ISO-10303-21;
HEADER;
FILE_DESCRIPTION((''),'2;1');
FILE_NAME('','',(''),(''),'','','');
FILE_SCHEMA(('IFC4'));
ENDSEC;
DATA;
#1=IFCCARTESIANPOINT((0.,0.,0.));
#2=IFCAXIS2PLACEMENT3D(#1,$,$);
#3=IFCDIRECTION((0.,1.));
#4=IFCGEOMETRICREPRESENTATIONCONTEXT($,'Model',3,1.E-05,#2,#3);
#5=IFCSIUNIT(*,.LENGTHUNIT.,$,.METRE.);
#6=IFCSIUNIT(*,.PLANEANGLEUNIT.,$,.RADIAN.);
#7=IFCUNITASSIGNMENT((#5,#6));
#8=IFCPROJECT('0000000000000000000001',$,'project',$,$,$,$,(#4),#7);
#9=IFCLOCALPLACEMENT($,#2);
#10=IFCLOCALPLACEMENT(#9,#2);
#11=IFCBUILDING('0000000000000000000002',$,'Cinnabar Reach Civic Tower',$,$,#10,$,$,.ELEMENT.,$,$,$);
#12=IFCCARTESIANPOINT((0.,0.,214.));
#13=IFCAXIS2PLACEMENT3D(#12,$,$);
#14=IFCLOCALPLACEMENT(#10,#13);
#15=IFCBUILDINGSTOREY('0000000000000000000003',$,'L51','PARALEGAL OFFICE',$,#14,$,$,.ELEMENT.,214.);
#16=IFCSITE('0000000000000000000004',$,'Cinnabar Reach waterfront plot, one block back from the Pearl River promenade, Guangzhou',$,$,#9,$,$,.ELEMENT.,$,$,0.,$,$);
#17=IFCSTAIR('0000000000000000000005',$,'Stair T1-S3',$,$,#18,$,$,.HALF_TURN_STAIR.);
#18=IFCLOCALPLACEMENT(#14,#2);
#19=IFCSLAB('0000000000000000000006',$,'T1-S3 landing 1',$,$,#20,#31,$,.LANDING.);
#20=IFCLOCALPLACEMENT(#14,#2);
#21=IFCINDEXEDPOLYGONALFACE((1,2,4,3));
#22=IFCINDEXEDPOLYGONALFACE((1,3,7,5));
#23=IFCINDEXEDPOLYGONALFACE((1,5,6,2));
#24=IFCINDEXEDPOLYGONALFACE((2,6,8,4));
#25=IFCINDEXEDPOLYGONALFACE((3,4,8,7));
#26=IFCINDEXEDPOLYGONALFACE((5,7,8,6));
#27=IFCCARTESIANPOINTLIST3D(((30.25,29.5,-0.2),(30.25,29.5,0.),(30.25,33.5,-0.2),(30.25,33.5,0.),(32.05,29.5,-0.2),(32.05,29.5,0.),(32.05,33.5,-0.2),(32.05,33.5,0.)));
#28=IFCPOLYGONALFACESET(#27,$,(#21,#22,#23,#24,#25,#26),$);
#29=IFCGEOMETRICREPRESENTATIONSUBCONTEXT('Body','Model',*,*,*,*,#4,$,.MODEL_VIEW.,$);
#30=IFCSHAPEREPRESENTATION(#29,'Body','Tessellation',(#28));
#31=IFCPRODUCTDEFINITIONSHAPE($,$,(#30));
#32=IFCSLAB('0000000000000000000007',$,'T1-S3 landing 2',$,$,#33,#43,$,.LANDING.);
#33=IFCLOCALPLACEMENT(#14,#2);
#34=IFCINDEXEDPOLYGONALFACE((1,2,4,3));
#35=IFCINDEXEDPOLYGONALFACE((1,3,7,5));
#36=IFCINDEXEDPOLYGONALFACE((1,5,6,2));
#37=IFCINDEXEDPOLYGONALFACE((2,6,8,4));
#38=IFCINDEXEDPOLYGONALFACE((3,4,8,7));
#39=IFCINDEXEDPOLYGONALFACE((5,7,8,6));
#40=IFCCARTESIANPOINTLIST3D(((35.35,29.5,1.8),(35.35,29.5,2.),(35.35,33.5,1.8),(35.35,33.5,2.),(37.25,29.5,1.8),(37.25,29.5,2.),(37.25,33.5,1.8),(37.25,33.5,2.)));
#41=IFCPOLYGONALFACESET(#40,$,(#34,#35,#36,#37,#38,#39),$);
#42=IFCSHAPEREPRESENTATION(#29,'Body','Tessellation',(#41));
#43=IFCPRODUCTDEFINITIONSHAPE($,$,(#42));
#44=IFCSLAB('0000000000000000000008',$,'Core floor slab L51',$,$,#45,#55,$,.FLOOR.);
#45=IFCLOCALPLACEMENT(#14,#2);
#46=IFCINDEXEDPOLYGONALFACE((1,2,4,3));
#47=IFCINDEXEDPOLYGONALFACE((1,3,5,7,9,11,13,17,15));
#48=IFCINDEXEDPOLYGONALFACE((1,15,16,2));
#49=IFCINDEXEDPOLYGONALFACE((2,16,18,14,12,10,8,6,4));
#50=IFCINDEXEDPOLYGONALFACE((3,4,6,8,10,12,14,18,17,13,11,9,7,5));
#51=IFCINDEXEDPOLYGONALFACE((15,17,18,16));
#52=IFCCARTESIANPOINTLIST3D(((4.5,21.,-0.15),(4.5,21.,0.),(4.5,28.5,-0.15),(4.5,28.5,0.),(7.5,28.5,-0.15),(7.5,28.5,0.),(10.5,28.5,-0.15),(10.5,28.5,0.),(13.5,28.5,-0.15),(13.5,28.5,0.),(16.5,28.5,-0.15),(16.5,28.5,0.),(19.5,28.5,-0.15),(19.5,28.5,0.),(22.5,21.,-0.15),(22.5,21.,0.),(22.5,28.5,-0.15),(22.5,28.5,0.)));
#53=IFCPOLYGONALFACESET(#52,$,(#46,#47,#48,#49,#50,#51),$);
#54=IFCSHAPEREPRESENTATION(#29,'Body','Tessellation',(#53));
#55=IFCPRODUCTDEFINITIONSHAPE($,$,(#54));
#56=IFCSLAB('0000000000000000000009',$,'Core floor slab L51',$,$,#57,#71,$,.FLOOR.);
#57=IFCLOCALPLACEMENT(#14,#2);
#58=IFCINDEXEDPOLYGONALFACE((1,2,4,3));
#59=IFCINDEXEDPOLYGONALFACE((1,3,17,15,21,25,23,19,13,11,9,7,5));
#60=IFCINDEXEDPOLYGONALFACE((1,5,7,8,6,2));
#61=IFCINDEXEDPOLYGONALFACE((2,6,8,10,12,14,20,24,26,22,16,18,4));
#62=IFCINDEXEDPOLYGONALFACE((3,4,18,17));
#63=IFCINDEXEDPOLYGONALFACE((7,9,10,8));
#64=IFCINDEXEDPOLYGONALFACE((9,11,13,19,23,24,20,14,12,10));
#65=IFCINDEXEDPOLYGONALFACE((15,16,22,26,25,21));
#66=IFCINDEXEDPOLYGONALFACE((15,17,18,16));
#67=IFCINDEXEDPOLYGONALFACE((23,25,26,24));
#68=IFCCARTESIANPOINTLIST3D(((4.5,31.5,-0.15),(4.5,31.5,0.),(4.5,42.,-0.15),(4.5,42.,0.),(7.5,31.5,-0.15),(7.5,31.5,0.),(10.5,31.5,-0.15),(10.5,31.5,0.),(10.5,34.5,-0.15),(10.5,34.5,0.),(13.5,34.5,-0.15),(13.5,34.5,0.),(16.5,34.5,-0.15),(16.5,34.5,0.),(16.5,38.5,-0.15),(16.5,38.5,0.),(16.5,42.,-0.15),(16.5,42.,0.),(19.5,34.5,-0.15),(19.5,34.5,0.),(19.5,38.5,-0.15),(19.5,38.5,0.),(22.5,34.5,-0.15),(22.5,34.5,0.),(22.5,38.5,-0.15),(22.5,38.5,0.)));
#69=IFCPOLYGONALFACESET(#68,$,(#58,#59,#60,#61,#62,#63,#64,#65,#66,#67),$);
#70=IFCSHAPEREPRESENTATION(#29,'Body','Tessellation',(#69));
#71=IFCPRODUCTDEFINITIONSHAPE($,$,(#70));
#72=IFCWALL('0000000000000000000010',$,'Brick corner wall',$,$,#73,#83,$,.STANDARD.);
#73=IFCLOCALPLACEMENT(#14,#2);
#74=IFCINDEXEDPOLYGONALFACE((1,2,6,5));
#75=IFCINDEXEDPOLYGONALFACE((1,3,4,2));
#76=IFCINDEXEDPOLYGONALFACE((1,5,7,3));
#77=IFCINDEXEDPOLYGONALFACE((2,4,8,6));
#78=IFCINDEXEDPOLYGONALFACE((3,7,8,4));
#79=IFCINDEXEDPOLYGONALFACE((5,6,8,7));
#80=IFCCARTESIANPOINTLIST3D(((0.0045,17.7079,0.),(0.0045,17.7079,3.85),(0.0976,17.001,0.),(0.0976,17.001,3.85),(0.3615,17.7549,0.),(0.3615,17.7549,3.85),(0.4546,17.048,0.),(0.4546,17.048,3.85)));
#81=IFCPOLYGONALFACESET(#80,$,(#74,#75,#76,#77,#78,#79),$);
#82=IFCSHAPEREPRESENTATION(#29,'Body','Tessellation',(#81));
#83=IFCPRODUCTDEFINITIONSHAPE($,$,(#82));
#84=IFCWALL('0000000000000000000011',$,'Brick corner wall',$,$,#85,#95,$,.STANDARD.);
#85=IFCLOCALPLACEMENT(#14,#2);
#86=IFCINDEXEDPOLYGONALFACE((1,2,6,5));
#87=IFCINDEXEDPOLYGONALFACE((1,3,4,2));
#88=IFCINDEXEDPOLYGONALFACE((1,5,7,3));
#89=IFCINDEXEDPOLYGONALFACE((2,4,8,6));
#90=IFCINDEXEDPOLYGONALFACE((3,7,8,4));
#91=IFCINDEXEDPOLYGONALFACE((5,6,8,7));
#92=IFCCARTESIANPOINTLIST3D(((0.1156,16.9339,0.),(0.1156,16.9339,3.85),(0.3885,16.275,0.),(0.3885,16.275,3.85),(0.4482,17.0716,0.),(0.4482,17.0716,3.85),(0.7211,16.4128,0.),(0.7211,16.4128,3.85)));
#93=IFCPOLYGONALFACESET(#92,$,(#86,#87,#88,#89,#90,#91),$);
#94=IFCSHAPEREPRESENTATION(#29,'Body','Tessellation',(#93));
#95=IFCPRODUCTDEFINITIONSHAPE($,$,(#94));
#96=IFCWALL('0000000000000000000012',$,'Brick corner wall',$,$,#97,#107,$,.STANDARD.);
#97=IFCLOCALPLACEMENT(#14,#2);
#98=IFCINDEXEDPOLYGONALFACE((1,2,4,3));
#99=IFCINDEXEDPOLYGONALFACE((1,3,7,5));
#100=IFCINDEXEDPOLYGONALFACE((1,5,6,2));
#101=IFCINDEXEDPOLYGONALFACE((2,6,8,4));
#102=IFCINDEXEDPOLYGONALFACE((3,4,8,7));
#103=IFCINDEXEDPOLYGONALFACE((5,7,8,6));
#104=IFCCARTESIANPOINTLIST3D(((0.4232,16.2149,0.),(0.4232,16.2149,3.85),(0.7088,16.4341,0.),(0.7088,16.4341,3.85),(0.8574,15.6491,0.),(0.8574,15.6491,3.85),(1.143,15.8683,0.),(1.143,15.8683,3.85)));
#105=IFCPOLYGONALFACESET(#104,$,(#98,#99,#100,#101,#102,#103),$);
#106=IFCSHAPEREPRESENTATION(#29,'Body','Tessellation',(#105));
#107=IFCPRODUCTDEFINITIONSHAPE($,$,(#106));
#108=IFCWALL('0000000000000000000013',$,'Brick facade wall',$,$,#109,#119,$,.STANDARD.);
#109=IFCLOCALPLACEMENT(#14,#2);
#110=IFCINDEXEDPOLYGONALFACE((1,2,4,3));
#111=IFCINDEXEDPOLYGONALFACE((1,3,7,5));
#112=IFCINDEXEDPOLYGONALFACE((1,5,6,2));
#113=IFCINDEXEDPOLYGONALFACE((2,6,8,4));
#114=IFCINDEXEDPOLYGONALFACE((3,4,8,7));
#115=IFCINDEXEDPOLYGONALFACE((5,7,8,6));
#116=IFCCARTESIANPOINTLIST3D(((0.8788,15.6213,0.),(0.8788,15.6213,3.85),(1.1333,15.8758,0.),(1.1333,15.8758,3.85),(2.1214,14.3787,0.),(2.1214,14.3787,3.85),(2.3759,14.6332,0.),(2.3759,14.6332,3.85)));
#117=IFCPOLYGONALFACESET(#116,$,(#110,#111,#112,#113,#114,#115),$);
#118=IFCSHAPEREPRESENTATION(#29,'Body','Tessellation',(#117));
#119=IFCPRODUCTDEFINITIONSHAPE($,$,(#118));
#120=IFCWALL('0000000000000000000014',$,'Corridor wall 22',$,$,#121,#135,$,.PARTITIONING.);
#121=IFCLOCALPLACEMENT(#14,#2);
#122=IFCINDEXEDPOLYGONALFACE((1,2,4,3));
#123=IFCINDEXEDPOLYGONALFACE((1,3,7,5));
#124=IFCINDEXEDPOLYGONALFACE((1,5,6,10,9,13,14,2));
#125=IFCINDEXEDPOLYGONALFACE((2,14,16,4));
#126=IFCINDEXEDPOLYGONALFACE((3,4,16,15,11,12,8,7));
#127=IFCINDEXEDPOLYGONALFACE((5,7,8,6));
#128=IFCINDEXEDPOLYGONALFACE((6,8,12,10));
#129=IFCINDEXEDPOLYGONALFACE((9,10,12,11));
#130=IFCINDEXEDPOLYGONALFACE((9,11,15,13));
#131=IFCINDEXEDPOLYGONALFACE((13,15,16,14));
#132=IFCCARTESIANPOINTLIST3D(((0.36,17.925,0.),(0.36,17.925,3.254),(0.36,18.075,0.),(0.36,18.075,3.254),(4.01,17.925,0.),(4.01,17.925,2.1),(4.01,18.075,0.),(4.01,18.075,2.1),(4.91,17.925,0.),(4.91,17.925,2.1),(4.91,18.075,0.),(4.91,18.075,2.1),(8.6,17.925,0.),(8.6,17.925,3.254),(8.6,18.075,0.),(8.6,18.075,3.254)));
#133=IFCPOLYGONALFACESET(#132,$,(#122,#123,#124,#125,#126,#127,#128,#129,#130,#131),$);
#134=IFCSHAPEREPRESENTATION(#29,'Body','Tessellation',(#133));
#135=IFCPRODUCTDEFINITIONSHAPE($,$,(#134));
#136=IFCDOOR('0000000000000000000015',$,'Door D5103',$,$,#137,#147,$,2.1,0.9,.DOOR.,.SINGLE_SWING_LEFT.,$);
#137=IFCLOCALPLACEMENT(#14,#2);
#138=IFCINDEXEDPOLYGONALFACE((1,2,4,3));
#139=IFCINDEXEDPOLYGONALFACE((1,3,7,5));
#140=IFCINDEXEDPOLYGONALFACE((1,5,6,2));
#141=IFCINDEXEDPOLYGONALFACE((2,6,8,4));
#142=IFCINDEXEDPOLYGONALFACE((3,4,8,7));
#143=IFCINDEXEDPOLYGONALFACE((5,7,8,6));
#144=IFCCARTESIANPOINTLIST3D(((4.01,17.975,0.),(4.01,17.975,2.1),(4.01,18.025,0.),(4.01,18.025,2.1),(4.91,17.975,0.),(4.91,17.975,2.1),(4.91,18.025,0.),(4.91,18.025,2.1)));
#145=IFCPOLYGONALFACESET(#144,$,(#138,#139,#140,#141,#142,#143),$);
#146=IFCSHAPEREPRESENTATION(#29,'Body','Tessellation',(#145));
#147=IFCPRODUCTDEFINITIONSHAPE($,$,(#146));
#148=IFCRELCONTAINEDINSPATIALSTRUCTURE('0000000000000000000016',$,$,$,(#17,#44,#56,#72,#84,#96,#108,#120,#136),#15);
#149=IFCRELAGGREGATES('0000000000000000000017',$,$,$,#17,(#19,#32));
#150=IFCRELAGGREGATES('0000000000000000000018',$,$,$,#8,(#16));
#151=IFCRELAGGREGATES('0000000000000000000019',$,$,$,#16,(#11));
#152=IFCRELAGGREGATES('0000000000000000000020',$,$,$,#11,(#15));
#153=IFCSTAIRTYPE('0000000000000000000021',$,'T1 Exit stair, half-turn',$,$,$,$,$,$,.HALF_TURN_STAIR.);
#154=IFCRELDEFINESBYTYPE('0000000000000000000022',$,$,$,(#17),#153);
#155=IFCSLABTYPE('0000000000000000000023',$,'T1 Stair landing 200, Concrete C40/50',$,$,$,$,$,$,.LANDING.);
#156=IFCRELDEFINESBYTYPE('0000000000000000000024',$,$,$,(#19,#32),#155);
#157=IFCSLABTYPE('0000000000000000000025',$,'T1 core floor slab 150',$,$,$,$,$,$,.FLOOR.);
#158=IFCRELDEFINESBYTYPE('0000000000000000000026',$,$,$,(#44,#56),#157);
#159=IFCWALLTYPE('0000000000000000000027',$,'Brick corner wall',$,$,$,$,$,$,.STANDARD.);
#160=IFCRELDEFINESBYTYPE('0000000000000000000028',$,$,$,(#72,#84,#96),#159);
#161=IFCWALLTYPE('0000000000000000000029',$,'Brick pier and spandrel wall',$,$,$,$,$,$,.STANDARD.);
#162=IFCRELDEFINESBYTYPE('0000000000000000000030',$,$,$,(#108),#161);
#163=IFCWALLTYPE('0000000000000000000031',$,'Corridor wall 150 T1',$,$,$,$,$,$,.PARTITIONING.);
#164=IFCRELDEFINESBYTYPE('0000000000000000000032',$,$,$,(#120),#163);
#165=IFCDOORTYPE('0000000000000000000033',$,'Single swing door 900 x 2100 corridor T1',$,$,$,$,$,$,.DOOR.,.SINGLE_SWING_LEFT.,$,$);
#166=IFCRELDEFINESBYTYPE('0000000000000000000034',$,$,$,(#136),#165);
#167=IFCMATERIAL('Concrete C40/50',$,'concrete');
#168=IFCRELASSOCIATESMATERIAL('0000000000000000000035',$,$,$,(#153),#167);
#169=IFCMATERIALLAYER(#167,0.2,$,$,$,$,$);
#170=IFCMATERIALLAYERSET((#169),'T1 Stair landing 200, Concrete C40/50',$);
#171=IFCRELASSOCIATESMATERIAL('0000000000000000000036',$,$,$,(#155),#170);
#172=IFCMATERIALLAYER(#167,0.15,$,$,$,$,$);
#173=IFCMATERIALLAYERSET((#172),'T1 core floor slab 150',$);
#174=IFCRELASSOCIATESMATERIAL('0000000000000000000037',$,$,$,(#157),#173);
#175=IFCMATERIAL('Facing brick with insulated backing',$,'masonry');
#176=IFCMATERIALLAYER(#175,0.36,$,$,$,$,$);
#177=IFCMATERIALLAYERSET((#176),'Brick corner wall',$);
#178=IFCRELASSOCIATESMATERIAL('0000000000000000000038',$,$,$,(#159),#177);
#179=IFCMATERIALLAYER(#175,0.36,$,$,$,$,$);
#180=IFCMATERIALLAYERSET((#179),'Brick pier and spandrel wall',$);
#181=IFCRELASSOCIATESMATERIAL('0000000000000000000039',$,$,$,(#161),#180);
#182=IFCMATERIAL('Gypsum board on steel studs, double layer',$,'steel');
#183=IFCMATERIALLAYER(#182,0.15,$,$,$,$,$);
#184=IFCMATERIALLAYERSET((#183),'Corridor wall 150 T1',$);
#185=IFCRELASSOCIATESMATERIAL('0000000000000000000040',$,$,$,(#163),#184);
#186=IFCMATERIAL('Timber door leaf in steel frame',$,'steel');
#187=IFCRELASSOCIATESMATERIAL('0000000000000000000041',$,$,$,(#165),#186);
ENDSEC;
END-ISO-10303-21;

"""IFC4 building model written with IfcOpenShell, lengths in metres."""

from ifc_helpers import new_model, si_unit, direction, frame, frame_2d, origin, place, context, subcontext, project, spatial, polyline, rectangle, outline, extrude, material, layer, layer_set, type_object, element, fill, aggregate, save


model = new_model("IFC4")

# Units and contexts
model_context = context("Model", 3, precision=1e-05, world=origin(), true_north=direction((0.0, 1.0)))
body_context = subcontext(model_context, "Body", "Model", "MODEL_VIEW")
ifc_project = project(units=[si_unit("LENGTHUNIT", "METRE"), si_unit("PLANEANGLEUNIT", "RADIAN")], contexts=[model_context])

# Site, building, storey
site_placement = place(None, origin())
site = spatial("IfcSite", under=ifc_project, at=site_placement, Name="Cinnabar Reach waterfront plot, one block back from the Pearl River promenade, Guangzhou", CompositionType="ELEMENT", RefElevation=0.0)
building_placement = place(site_placement, origin())
building = spatial("IfcBuilding", under=site, at=building_placement, Name="Cinnabar Reach Civic Tower", CompositionType="ELEMENT")
storey_placement = place(building_placement, frame((0.0, 0.0, 214.0)))
storey = spatial("IfcBuildingStorey", under=building, at=storey_placement, Name="L51", Description="PARALEGAL OFFICE", CompositionType="ELEMENT", Elevation=214.0)

# Stair, slabs
ifc_material_1 = material(Name="Concrete C40/50", Category="concrete")
stair_type = type_object("IfcStairType", Name="T1 Exit stair, half-turn", PredefinedType="HALF_TURN_STAIR", material=ifc_material_1)
ifc_layer_1 = layer(ifc_material_1, 0.2)
ifc_layer_set_1 = layer_set([ifc_layer_1], Name="T1 Stair landing 200, Concrete C40/50")
slab_type_1 = type_object("IfcSlabType", Name="T1 Stair landing 200, Concrete C40/50", PredefinedType="LANDING", material=ifc_layer_set_1)
stair_1_placement = place(storey_placement, origin())
stair_1 = element("IfcStair", 1, at=stair_1_placement, inside=storey, type_object=stair_type, Name="Stair T1-S3", PredefinedType="HALF_TURN_STAIR")
slab_1_placement = place(storey_placement, frame((0.0, 0.0, -0.2)))
slab_1 = element("IfcSlab", 2, at=slab_1_placement, type_object=slab_type_1, Name="T1-S3 landing 1", PredefinedType="LANDING", context=body_context, shape_type="SweptSolid", body=[
    extrude(outline(polyline([(30.25, 29.5), (32.05, 29.5), (32.05, 33.5), (30.25, 33.5), (30.25, 29.5)])), origin(), (0.0, 0.0, 1.0), 0.2),
])
slab_2_placement = place(storey_placement, frame((0.0, 0.0, 1.8)))
slab_2 = element("IfcSlab", 3, at=slab_2_placement, type_object=slab_type_1, Name="T1-S3 landing 2", PredefinedType="LANDING", context=body_context, shape_type="SweptSolid", body=[
    extrude(outline(polyline([(35.35, 29.5), (37.25, 29.5), (37.25, 33.5), (35.35, 33.5), (35.35, 29.5)])), origin(), (0.0, 0.0, 1.0), 0.2),
])
aggregate(stair_1, [slab_1, slab_2])

# Slabs
ifc_layer_2 = layer(ifc_material_1, 0.15)
ifc_layer_set_2 = layer_set([ifc_layer_2], Name="T1 core floor slab 150")
slab_type_2 = type_object("IfcSlabType", Name="T1 core floor slab 150", PredefinedType="FLOOR", material=ifc_layer_set_2)
slab_3_placement = place(storey_placement, frame((0.0, 0.0, -0.15)))
element("IfcSlab", 4, at=slab_3_placement, inside=storey, type_object=slab_type_2, Name="Core floor slab L51", PredefinedType="FLOOR", context=body_context, shape_type="SweptSolid", body=[
    extrude(outline(polyline([(22.5, 21.0), (4.5, 21.0), (4.5, 28.5), (7.5, 28.5), (10.5, 28.5), (13.5, 28.5), (16.5, 28.5), (19.5, 28.5), (22.5, 28.5), (22.5, 21.0)])), origin(), (0.0, 0.0, 1.0), 0.15),
])
slab_4_placement = place(storey_placement, frame((0.0, 0.0, -0.15)))
element("IfcSlab", 5, at=slab_4_placement, inside=storey, type_object=slab_type_2, Name="Core floor slab L51", PredefinedType="FLOOR", context=body_context, shape_type="SweptSolid", body=[
    extrude(outline(polyline([(22.5, 34.5), (19.5, 34.5), (16.5, 34.5), (13.5, 34.5), (10.5, 34.5), (10.5, 31.5), (7.5, 31.5), (4.5, 31.5), (4.5, 42.0), (16.5, 42.0), (16.5, 38.5), (19.5, 38.5), (22.5, 38.5), (22.5, 34.5)])), origin(), (0.0, 0.0, 1.0), 0.15),
])

# Walls
ifc_material_2 = material(Name="Facing brick with insulated backing", Category="masonry")
ifc_layer_3 = layer(ifc_material_2, 0.36)
ifc_layer_set_3 = layer_set([ifc_layer_3], Name="Brick corner wall")
wall_type_1 = type_object("IfcWallType", Name="Brick corner wall", PredefinedType="STANDARD", material=ifc_layer_set_3)
for number, where, z_axis, x_axis, name in (
    (6, (0.183, 17.7314, 0.0), (0.0, 0.0, 1.0), (0.130556, -0.991441, 0.0), "Brick corner wall"),
    (7, (0.2819, 17.0027, 0.0), (0.0, 0.0, 1.0), (0.382703, -0.923872, 0.0), "Brick corner wall"),
):
    element("IfcWall", number, at=place(storey_placement, frame(where, z_axis=z_axis, x_axis=x_axis)), inside=storey, type_object=wall_type_1, Name=name, PredefinedType="STANDARD", context=body_context, shape_type="SweptSolid", body=[
        extrude(rectangle(XDim=0.7131, YDim=0.36, at=frame_2d((0.3565, 0.0))), origin(), (0.0, 0.0, 1.0), 3.85),
    ])
wall_1_placement = place(storey_placement, frame((0.566, 16.3245, 0.0), z_axis=(0.0, 0.0, 1.0), x_axis=(0.608802, -0.793322, 0.0)))
element("IfcWall", 8, at=wall_1_placement, inside=storey, type_object=wall_type_1, Name="Brick corner wall", PredefinedType="STANDARD", context=body_context, shape_type="SweptSolid", body=[
    extrude(rectangle(XDim=0.7132, YDim=0.36, at=frame_2d((0.3566, 0.0))), origin(), (0.0, 0.0, 1.0), 3.85),
])
ifc_layer_4 = layer(ifc_material_2, 0.36)
ifc_layer_set_4 = layer_set([ifc_layer_4], Name="Brick pier and spandrel wall")
wall_type_2 = type_object("IfcWallType", Name="Brick pier and spandrel wall", PredefinedType="STANDARD", material=ifc_layer_set_4)
wall_2_placement = place(storey_placement, frame((1.006, 15.7486, 0.0), z_axis=(0.0, 0.0, 1.0), x_axis=(0.707107, -0.707107, 0.0)))
element("IfcWall", 9, at=wall_2_placement, inside=storey, type_object=wall_type_2, Name="Brick facade wall", PredefinedType="STANDARD", context=body_context, shape_type="SweptSolid", body=[
    extrude(rectangle(XDim=1.7573, YDim=0.36, at=frame_2d((0.8787, 0.0))), origin(), (0.0, 0.0, 1.0), 3.85),
])

# Wall, opening, door
ifc_material_3 = material(Name="Gypsum board on steel studs, double layer", Category="steel")
ifc_layer_5 = layer(ifc_material_3, 0.15)
ifc_layer_set_5 = layer_set([ifc_layer_5], Name="Corridor wall 150 T1")
wall_type_3 = type_object("IfcWallType", Name="Corridor wall 150 T1", PredefinedType="PARTITIONING", material=ifc_layer_set_5)
wall_3_placement = place(storey_placement, frame((0.36, 18.0, 0.0), z_axis=(0.0, 0.0, 1.0), x_axis=(1.0, 0.0, 0.0)))
wall_3 = element("IfcWall", 10, at=wall_3_placement, inside=storey, type_object=wall_type_3, Name="Corridor wall 22", PredefinedType="PARTITIONING", context=body_context, shape_type="SweptSolid", body=[
    extrude(rectangle(XDim=8.24, YDim=0.15, at=frame_2d((4.12, 0.0))), origin(), (0.0, 0.0, 1.0), 3.254),
])
opening_placement = place(wall_3_placement, frame((3.65, 0.0, 0.0)))
opening = element("IfcOpeningElement", 11, at=opening_placement, cuts=wall_3, PredefinedType="OPENING", context=body_context, shape_type="SweptSolid", body=[
    extrude(rectangle(XDim=0.9, YDim=2.1, at=frame_2d((0.45, 1.05))), frame((0.0, 0.085, 0.0), z_axis=(0.0, -1.0, 0.0), x_axis=(1.0, 0.0, 0.0)), (0.0, 0.0, 1.0), 0.17),
])
ifc_material_4 = material(Name="Timber door leaf in steel frame", Category="steel")
door_type = type_object("IfcDoorType", Name="Single swing door 900 x 2100 corridor T1", OperationType="SINGLE_SWING_LEFT", PredefinedType="DOOR", material=ifc_material_4)
door_placement = place(opening_placement, frame((0.9, 0.0, 0.0), z_axis=(0.0, 0.0, 1.0), x_axis=(-1.0, 0.0, 0.0)))
door = element("IfcDoor", 12, at=door_placement, inside=storey, type_object=door_type, Name="Door D5103", OperationType="SINGLE_SWING_LEFT", OverallHeight=2.1, OverallWidth=0.9, PredefinedType="DOOR", context=body_context, shape_type="SweptSolid", body=[
    extrude(rectangle(XDim=0.9, YDim=2.1, at=frame_2d((0.45, 1.05))), frame((0.0, 0.025, 0.0), z_axis=(0.0, -1.0, 0.0), x_axis=(1.0, 0.0, 0.0)), (0.0, 0.0, 1.0), 0.05),
])
fill(opening, door)

save(model, "model.ifc")
